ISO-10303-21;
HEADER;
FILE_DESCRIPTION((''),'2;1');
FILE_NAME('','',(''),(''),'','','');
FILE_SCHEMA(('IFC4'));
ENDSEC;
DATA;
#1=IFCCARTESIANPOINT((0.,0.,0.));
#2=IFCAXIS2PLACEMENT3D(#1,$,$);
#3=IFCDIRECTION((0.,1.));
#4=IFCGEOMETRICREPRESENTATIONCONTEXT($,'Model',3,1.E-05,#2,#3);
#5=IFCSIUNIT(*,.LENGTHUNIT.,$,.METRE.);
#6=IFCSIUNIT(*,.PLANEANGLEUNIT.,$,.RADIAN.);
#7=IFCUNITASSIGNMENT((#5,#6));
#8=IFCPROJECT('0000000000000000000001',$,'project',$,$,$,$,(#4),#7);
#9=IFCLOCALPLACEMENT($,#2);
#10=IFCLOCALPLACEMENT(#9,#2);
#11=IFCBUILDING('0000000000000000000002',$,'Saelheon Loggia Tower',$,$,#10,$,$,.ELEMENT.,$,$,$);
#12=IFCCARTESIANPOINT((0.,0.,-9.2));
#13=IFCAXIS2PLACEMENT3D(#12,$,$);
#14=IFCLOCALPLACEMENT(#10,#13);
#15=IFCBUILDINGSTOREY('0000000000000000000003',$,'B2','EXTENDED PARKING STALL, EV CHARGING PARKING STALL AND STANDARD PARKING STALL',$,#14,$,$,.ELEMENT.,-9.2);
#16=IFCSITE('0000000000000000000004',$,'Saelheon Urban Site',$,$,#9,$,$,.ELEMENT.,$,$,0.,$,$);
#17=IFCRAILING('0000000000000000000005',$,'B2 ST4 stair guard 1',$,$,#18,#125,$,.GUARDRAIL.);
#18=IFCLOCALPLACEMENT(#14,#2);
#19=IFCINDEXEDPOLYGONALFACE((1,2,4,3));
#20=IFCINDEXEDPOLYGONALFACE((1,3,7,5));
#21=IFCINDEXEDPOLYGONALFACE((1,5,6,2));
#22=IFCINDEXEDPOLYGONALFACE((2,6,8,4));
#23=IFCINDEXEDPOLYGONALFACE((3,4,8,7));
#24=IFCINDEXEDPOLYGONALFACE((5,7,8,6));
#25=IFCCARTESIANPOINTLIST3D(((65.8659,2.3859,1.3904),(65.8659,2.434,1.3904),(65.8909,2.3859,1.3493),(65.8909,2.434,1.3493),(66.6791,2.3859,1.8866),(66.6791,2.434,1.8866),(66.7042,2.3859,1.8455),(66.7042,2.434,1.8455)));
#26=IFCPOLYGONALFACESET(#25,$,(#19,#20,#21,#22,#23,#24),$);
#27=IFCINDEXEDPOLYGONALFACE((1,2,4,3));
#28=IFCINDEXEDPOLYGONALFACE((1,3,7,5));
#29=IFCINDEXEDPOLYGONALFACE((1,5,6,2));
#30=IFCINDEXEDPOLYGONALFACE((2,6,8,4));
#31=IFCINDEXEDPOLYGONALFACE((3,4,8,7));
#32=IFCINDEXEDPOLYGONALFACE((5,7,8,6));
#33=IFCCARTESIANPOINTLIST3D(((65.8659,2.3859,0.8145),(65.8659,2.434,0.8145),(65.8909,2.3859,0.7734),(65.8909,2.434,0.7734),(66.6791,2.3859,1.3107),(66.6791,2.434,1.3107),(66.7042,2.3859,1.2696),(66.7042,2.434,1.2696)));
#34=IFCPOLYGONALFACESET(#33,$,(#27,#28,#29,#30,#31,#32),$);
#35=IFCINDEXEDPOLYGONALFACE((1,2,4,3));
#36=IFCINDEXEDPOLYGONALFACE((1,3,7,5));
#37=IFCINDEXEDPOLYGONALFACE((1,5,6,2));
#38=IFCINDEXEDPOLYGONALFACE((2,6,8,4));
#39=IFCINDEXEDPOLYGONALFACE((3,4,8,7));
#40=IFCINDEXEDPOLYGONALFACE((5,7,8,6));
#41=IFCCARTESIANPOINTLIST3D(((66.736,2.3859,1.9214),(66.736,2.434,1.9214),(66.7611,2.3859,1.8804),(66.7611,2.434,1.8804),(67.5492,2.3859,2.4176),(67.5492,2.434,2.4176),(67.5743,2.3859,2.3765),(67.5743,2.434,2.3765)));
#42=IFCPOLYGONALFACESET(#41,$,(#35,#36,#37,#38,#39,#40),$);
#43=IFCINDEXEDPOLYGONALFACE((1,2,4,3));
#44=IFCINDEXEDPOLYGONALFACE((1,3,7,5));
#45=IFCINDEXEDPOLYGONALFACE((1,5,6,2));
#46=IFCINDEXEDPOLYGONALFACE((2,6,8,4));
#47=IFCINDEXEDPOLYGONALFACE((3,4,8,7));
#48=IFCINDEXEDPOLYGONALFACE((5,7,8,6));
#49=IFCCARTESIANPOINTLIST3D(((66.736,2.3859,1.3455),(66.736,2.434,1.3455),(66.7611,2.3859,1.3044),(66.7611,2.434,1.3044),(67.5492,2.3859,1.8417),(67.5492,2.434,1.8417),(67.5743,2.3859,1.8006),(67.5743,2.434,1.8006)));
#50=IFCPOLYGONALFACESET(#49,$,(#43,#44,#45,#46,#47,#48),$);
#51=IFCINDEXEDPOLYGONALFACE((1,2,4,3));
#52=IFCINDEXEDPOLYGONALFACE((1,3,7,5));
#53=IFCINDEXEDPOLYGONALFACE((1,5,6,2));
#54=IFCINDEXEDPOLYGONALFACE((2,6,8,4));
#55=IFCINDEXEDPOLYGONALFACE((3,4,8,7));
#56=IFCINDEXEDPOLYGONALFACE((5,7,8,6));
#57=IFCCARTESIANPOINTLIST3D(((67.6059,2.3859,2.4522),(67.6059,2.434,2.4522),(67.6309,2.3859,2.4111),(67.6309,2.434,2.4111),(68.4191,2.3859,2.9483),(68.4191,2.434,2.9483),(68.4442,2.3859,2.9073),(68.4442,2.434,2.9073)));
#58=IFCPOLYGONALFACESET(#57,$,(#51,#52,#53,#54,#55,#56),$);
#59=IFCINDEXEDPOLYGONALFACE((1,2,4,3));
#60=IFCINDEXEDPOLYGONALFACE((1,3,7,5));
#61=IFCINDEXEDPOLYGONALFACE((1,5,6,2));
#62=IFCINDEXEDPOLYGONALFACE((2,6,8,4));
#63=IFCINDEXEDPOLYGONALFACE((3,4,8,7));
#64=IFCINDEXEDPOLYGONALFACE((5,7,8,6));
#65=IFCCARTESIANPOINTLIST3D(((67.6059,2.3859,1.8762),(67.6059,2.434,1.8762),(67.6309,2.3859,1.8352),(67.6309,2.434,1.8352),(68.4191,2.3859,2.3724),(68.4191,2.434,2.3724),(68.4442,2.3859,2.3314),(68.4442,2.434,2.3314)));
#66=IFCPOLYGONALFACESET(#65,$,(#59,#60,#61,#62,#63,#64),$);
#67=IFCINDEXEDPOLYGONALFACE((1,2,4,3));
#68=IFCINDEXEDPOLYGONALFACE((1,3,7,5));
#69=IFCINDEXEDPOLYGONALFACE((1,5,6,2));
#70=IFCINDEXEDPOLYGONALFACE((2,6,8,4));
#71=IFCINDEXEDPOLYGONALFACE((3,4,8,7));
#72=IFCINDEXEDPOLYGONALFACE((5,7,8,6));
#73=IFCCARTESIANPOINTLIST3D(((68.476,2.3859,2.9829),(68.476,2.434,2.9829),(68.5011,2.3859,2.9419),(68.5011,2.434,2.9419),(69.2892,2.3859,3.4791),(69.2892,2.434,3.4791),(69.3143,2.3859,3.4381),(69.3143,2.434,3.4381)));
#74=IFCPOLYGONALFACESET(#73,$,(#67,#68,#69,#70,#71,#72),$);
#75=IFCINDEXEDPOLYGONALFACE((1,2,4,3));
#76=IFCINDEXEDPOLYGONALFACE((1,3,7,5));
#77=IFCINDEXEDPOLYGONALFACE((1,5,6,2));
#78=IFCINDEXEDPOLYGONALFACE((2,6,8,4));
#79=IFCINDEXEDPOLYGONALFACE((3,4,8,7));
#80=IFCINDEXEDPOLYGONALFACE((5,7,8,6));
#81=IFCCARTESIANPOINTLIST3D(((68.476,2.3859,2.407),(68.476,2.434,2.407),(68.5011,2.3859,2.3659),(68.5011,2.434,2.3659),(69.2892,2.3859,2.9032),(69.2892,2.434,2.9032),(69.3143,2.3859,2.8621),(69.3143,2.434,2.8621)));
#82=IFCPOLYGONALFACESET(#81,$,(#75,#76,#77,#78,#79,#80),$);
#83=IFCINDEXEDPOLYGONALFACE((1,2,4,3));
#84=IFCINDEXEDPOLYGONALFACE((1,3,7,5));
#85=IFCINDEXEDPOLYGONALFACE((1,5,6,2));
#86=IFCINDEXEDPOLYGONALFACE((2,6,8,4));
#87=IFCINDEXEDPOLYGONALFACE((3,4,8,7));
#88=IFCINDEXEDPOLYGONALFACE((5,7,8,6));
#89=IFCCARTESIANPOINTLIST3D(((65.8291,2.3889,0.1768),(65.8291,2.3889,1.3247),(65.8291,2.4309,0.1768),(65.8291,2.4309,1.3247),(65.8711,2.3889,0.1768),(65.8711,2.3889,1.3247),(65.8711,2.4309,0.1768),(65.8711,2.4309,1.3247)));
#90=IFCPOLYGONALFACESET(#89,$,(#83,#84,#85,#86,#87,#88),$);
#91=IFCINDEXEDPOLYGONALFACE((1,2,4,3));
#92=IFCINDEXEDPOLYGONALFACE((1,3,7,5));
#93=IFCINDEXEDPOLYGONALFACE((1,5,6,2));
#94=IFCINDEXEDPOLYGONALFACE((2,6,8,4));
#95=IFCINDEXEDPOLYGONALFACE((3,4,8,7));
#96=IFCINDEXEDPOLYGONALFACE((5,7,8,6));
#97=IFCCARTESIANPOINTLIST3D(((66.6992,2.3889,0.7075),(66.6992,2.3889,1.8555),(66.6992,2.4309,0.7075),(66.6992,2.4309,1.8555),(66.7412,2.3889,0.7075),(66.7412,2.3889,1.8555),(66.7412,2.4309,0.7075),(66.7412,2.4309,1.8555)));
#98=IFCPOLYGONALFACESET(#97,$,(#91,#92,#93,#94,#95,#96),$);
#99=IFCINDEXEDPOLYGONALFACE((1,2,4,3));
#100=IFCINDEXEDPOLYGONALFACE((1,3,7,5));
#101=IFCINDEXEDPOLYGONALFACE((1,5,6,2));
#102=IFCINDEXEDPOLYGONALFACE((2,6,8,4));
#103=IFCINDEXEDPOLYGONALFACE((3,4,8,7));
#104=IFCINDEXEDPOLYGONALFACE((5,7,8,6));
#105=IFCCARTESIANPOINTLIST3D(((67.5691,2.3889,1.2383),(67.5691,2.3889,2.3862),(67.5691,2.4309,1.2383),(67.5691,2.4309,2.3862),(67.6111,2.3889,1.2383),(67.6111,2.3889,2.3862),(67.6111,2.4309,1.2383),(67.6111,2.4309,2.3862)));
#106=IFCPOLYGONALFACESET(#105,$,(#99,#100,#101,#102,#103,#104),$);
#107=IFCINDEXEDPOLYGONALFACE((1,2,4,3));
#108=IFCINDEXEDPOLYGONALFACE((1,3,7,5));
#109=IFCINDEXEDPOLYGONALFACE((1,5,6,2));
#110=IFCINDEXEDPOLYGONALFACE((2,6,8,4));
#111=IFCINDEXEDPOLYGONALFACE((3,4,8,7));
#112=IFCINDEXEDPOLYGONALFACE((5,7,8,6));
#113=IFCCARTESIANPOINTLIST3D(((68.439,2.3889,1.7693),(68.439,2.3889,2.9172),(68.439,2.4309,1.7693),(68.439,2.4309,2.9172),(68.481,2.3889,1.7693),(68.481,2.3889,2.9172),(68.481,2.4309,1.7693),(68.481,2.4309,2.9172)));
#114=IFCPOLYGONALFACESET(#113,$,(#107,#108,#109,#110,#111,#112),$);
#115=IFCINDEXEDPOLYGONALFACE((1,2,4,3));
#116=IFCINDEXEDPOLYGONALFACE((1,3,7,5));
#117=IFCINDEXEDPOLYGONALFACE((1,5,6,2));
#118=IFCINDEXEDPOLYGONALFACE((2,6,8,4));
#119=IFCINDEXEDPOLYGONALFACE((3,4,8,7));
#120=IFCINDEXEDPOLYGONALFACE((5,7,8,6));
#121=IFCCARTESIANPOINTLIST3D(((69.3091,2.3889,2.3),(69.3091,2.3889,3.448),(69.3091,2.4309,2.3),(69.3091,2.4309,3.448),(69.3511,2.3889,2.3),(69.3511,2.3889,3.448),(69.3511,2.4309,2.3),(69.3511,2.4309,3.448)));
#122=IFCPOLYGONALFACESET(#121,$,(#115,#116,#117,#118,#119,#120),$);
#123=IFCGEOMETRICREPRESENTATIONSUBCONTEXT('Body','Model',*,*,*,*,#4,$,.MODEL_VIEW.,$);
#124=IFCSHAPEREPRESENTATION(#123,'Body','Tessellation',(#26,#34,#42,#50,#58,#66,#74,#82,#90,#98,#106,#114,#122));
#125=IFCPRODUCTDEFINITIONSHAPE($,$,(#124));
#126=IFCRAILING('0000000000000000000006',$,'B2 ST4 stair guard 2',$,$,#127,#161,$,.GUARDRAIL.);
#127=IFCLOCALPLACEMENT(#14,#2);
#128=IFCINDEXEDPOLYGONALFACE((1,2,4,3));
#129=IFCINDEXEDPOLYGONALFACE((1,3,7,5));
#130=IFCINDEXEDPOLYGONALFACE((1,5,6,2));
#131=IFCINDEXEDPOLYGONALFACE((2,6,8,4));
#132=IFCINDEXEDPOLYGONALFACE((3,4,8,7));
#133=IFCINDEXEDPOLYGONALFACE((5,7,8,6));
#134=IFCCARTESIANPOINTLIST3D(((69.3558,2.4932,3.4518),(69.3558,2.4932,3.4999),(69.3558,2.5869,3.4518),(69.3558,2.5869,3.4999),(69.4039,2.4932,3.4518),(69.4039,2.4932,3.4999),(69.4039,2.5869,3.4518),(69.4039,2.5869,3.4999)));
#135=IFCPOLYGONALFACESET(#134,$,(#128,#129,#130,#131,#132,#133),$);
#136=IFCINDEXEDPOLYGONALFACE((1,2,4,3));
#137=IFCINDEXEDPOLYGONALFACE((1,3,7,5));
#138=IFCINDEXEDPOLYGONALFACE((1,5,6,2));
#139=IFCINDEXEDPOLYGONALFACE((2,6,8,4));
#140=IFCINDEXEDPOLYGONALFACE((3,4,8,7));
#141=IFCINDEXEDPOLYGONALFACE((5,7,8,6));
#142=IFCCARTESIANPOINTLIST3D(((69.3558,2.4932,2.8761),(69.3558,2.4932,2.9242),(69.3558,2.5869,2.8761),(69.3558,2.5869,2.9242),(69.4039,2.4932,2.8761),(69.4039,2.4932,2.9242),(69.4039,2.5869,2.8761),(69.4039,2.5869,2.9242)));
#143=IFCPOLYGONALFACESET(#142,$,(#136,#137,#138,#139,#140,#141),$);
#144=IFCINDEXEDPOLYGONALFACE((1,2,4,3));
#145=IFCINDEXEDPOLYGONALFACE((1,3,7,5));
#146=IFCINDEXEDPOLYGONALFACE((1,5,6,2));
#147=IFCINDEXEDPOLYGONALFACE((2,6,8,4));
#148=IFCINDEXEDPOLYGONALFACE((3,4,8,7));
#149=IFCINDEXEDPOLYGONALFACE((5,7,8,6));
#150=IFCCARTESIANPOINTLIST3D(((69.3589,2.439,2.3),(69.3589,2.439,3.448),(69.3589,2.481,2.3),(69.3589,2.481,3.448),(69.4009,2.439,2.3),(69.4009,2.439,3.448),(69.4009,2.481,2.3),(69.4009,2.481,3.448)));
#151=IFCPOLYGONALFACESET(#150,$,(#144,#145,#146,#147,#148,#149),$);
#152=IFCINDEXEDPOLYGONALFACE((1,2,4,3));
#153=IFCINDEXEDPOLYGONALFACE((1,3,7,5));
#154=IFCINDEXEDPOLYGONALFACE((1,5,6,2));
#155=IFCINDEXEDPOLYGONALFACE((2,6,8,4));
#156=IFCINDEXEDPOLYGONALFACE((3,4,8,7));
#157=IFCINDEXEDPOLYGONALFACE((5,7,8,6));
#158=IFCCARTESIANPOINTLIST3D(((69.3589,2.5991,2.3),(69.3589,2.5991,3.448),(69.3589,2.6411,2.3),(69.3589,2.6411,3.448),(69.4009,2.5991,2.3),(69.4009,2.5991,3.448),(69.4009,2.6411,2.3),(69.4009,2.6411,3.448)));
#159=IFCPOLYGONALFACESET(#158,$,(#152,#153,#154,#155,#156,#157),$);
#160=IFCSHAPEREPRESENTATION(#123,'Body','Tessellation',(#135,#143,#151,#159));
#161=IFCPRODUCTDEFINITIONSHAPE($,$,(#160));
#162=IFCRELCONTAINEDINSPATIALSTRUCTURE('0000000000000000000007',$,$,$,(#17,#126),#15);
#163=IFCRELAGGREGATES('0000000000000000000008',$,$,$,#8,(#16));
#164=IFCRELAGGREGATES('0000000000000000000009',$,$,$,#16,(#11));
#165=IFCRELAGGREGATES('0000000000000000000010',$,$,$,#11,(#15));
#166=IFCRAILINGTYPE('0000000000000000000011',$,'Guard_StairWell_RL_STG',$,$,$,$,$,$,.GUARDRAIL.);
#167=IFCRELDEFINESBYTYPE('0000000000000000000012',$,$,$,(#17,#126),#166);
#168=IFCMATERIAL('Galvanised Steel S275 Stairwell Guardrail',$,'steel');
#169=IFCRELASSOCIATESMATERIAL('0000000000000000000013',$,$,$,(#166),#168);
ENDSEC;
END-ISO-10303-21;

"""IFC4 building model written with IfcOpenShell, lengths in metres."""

from ifc_helpers import new_model, si_unit, direction, frame, origin, origin_2d, place, context, subcontext, project, spatial, rectangle, extrude, material, type_object, element, save


model = new_model("IFC4")

# Units and contexts
model_context = context("Model", 3, precision=1e-05, world=origin(), true_north=direction((0.0, 1.0)))
body_context = subcontext(model_context, "Body", "Model", "MODEL_VIEW")
ifc_project = project(units=[si_unit("LENGTHUNIT", "METRE"), si_unit("PLANEANGLEUNIT", "RADIAN")], contexts=[model_context])

# Site, building, storey
site_placement = place(None, origin())
site = spatial("IfcSite", under=ifc_project, at=site_placement, Name="Saelheon Urban Site", CompositionType="ELEMENT", RefElevation=0.0)
building_placement = place(site_placement, origin())
building = spatial("IfcBuilding", under=site, at=building_placement, Name="Saelheon Loggia Tower", CompositionType="ELEMENT")
storey_placement = place(building_placement, frame((0.0, 0.0, -9.2)))
storey = spatial("IfcBuildingStorey", under=building, at=storey_placement, Name="B2", Description="EXTENDED PARKING STALL, EV CHARGING PARKING STALL AND STANDARD PARKING STALL", CompositionType="ELEMENT", Elevation=-9.2)

# Railings
ifc_material_1 = material(Name="Galvanised Steel S275 Stairwell Guardrail", Category="steel")
railing_type_1 = type_object("IfcRailingType", Name="Guard_StairWell_RL_STG", PredefinedType="GUARDRAIL", material=ifc_material_1)
railing_1_placement = place(storey_placement, frame((65.8501, 2.4099, 0.1768)))
element("IfcRailing", 1, at=railing_1_placement, inside=storey, type_object=railing_type_1, Name="B2 ST4 stair guard 1", PredefinedType="GUARDRAIL", context=body_context, shape_type="SweptSolid", body=[
    extrude(rectangle(XDim=0.0481, YDim=0.0481, at=origin_2d()), frame((0.0283, 0.0, 1.1931), z_axis=(0.853649, 0.0, 0.520849), x_axis=(0.0, 1.0, 0.0)), (0.0, 0.0, 1.0), 0.9526),
    extrude(rectangle(XDim=0.0481, YDim=0.0481, at=origin_2d()), frame((0.0283, 0.0, 0.6172), z_axis=(0.853649, 0.0, 0.520849), x_axis=(0.0, 1.0, 0.0)), (0.0, 0.0, 1.0), 0.9526),
    extrude(rectangle(XDim=0.0481, YDim=0.0481, at=origin_2d()), frame((0.8984, 0.0, 1.7241), z_axis=(0.853649, 0.0, 0.520849), x_axis=(0.0, 1.0, 0.0)), (0.0, 0.0, 1.0), 0.9526),
    extrude(rectangle(XDim=0.0481, YDim=0.0481, at=origin_2d()), frame((0.8984, 0.0, 1.1482), z_axis=(0.853649, 0.0, 0.520849), x_axis=(0.0, 1.0, 0.0)), (0.0, 0.0, 1.0), 0.9526),
    extrude(rectangle(XDim=0.0481, YDim=0.0481, at=origin_2d()), frame((1.7683, 0.0, 2.2549), z_axis=(0.853649, 0.0, 0.520849), x_axis=(0.0, 1.0, 0.0)), (0.0, 0.0, 1.0), 0.9526),
    extrude(rectangle(XDim=0.0481, YDim=0.0481, at=origin_2d()), frame((1.7683, 0.0, 1.679), z_axis=(0.853649, 0.0, 0.520849), x_axis=(0.0, 1.0, 0.0)), (0.0, 0.0, 1.0), 0.9526),
    extrude(rectangle(XDim=0.0481, YDim=0.0481, at=origin_2d()), frame((2.6384, 0.0, 2.7856), z_axis=(0.853649, 0.0, 0.520849), x_axis=(0.0, 1.0, 0.0)), (0.0, 0.0, 1.0), 0.9526),
    extrude(rectangle(XDim=0.0481, YDim=0.0481, at=origin_2d()), frame((2.6384, 0.0, 2.2097), z_axis=(0.853649, 0.0, 0.520849), x_axis=(0.0, 1.0, 0.0)), (0.0, 0.0, 1.0), 0.9526),
    extrude(rectangle(XDim=0.042, YDim=0.042, at=origin_2d()), origin(), (0.0, 0.0, 1.0), 1.1479),
    extrude(rectangle(XDim=0.042, YDim=0.042, at=origin_2d()), frame((0.8701, 0.0, 0.5308)), (0.0, 0.0, 1.0), 1.1479),
    extrude(rectangle(XDim=0.042, YDim=0.042, at=origin_2d()), frame((1.74, 0.0, 1.0615)), (0.0, 0.0, 1.0), 1.1479),
    extrude(rectangle(XDim=0.042, YDim=0.042, at=origin_2d()), frame((2.6099, 0.0, 1.5925)), (0.0, 0.0, 1.0), 1.1479),
    extrude(rectangle(XDim=0.042, YDim=0.042, at=origin_2d()), frame((3.48, 0.0, 2.1233)), (0.0, 0.0, 1.0), 1.1479),
])
railing_2_placement = place(storey_placement, frame((69.3799, 2.46, 2.3)))
element("IfcRailing", 2, at=railing_2_placement, inside=storey, type_object=railing_type_1, Name="B2 ST4 stair guard 2", PredefinedType="GUARDRAIL", context=body_context, shape_type="SweptSolid", body=[
    extrude(rectangle(XDim=0.0481, YDim=0.0481, at=origin_2d()), frame((0.0, 0.0332, 1.1758), z_axis=(0.0, 1.0, 0.0), x_axis=(-1.0, 0.0, 0.0)), (0.0, 0.0, 1.0), 0.0938),
    extrude(rectangle(XDim=0.0481, YDim=0.0481, at=origin_2d()), frame((0.0, 0.0332, 0.6001), z_axis=(0.0, 1.0, 0.0), x_axis=(-1.0, 0.0, 0.0)), (0.0, 0.0, 1.0), 0.0938),
    extrude(rectangle(XDim=0.042, YDim=0.042, at=origin_2d()), origin(), (0.0, 0.0, 1.0), 1.1479),
    extrude(rectangle(XDim=0.042, YDim=0.042, at=origin_2d()), frame((0.0, 0.1602, 0.0)), (0.0, 0.0, 1.0), 1.1479),
])

save(model, "model.ifc")
